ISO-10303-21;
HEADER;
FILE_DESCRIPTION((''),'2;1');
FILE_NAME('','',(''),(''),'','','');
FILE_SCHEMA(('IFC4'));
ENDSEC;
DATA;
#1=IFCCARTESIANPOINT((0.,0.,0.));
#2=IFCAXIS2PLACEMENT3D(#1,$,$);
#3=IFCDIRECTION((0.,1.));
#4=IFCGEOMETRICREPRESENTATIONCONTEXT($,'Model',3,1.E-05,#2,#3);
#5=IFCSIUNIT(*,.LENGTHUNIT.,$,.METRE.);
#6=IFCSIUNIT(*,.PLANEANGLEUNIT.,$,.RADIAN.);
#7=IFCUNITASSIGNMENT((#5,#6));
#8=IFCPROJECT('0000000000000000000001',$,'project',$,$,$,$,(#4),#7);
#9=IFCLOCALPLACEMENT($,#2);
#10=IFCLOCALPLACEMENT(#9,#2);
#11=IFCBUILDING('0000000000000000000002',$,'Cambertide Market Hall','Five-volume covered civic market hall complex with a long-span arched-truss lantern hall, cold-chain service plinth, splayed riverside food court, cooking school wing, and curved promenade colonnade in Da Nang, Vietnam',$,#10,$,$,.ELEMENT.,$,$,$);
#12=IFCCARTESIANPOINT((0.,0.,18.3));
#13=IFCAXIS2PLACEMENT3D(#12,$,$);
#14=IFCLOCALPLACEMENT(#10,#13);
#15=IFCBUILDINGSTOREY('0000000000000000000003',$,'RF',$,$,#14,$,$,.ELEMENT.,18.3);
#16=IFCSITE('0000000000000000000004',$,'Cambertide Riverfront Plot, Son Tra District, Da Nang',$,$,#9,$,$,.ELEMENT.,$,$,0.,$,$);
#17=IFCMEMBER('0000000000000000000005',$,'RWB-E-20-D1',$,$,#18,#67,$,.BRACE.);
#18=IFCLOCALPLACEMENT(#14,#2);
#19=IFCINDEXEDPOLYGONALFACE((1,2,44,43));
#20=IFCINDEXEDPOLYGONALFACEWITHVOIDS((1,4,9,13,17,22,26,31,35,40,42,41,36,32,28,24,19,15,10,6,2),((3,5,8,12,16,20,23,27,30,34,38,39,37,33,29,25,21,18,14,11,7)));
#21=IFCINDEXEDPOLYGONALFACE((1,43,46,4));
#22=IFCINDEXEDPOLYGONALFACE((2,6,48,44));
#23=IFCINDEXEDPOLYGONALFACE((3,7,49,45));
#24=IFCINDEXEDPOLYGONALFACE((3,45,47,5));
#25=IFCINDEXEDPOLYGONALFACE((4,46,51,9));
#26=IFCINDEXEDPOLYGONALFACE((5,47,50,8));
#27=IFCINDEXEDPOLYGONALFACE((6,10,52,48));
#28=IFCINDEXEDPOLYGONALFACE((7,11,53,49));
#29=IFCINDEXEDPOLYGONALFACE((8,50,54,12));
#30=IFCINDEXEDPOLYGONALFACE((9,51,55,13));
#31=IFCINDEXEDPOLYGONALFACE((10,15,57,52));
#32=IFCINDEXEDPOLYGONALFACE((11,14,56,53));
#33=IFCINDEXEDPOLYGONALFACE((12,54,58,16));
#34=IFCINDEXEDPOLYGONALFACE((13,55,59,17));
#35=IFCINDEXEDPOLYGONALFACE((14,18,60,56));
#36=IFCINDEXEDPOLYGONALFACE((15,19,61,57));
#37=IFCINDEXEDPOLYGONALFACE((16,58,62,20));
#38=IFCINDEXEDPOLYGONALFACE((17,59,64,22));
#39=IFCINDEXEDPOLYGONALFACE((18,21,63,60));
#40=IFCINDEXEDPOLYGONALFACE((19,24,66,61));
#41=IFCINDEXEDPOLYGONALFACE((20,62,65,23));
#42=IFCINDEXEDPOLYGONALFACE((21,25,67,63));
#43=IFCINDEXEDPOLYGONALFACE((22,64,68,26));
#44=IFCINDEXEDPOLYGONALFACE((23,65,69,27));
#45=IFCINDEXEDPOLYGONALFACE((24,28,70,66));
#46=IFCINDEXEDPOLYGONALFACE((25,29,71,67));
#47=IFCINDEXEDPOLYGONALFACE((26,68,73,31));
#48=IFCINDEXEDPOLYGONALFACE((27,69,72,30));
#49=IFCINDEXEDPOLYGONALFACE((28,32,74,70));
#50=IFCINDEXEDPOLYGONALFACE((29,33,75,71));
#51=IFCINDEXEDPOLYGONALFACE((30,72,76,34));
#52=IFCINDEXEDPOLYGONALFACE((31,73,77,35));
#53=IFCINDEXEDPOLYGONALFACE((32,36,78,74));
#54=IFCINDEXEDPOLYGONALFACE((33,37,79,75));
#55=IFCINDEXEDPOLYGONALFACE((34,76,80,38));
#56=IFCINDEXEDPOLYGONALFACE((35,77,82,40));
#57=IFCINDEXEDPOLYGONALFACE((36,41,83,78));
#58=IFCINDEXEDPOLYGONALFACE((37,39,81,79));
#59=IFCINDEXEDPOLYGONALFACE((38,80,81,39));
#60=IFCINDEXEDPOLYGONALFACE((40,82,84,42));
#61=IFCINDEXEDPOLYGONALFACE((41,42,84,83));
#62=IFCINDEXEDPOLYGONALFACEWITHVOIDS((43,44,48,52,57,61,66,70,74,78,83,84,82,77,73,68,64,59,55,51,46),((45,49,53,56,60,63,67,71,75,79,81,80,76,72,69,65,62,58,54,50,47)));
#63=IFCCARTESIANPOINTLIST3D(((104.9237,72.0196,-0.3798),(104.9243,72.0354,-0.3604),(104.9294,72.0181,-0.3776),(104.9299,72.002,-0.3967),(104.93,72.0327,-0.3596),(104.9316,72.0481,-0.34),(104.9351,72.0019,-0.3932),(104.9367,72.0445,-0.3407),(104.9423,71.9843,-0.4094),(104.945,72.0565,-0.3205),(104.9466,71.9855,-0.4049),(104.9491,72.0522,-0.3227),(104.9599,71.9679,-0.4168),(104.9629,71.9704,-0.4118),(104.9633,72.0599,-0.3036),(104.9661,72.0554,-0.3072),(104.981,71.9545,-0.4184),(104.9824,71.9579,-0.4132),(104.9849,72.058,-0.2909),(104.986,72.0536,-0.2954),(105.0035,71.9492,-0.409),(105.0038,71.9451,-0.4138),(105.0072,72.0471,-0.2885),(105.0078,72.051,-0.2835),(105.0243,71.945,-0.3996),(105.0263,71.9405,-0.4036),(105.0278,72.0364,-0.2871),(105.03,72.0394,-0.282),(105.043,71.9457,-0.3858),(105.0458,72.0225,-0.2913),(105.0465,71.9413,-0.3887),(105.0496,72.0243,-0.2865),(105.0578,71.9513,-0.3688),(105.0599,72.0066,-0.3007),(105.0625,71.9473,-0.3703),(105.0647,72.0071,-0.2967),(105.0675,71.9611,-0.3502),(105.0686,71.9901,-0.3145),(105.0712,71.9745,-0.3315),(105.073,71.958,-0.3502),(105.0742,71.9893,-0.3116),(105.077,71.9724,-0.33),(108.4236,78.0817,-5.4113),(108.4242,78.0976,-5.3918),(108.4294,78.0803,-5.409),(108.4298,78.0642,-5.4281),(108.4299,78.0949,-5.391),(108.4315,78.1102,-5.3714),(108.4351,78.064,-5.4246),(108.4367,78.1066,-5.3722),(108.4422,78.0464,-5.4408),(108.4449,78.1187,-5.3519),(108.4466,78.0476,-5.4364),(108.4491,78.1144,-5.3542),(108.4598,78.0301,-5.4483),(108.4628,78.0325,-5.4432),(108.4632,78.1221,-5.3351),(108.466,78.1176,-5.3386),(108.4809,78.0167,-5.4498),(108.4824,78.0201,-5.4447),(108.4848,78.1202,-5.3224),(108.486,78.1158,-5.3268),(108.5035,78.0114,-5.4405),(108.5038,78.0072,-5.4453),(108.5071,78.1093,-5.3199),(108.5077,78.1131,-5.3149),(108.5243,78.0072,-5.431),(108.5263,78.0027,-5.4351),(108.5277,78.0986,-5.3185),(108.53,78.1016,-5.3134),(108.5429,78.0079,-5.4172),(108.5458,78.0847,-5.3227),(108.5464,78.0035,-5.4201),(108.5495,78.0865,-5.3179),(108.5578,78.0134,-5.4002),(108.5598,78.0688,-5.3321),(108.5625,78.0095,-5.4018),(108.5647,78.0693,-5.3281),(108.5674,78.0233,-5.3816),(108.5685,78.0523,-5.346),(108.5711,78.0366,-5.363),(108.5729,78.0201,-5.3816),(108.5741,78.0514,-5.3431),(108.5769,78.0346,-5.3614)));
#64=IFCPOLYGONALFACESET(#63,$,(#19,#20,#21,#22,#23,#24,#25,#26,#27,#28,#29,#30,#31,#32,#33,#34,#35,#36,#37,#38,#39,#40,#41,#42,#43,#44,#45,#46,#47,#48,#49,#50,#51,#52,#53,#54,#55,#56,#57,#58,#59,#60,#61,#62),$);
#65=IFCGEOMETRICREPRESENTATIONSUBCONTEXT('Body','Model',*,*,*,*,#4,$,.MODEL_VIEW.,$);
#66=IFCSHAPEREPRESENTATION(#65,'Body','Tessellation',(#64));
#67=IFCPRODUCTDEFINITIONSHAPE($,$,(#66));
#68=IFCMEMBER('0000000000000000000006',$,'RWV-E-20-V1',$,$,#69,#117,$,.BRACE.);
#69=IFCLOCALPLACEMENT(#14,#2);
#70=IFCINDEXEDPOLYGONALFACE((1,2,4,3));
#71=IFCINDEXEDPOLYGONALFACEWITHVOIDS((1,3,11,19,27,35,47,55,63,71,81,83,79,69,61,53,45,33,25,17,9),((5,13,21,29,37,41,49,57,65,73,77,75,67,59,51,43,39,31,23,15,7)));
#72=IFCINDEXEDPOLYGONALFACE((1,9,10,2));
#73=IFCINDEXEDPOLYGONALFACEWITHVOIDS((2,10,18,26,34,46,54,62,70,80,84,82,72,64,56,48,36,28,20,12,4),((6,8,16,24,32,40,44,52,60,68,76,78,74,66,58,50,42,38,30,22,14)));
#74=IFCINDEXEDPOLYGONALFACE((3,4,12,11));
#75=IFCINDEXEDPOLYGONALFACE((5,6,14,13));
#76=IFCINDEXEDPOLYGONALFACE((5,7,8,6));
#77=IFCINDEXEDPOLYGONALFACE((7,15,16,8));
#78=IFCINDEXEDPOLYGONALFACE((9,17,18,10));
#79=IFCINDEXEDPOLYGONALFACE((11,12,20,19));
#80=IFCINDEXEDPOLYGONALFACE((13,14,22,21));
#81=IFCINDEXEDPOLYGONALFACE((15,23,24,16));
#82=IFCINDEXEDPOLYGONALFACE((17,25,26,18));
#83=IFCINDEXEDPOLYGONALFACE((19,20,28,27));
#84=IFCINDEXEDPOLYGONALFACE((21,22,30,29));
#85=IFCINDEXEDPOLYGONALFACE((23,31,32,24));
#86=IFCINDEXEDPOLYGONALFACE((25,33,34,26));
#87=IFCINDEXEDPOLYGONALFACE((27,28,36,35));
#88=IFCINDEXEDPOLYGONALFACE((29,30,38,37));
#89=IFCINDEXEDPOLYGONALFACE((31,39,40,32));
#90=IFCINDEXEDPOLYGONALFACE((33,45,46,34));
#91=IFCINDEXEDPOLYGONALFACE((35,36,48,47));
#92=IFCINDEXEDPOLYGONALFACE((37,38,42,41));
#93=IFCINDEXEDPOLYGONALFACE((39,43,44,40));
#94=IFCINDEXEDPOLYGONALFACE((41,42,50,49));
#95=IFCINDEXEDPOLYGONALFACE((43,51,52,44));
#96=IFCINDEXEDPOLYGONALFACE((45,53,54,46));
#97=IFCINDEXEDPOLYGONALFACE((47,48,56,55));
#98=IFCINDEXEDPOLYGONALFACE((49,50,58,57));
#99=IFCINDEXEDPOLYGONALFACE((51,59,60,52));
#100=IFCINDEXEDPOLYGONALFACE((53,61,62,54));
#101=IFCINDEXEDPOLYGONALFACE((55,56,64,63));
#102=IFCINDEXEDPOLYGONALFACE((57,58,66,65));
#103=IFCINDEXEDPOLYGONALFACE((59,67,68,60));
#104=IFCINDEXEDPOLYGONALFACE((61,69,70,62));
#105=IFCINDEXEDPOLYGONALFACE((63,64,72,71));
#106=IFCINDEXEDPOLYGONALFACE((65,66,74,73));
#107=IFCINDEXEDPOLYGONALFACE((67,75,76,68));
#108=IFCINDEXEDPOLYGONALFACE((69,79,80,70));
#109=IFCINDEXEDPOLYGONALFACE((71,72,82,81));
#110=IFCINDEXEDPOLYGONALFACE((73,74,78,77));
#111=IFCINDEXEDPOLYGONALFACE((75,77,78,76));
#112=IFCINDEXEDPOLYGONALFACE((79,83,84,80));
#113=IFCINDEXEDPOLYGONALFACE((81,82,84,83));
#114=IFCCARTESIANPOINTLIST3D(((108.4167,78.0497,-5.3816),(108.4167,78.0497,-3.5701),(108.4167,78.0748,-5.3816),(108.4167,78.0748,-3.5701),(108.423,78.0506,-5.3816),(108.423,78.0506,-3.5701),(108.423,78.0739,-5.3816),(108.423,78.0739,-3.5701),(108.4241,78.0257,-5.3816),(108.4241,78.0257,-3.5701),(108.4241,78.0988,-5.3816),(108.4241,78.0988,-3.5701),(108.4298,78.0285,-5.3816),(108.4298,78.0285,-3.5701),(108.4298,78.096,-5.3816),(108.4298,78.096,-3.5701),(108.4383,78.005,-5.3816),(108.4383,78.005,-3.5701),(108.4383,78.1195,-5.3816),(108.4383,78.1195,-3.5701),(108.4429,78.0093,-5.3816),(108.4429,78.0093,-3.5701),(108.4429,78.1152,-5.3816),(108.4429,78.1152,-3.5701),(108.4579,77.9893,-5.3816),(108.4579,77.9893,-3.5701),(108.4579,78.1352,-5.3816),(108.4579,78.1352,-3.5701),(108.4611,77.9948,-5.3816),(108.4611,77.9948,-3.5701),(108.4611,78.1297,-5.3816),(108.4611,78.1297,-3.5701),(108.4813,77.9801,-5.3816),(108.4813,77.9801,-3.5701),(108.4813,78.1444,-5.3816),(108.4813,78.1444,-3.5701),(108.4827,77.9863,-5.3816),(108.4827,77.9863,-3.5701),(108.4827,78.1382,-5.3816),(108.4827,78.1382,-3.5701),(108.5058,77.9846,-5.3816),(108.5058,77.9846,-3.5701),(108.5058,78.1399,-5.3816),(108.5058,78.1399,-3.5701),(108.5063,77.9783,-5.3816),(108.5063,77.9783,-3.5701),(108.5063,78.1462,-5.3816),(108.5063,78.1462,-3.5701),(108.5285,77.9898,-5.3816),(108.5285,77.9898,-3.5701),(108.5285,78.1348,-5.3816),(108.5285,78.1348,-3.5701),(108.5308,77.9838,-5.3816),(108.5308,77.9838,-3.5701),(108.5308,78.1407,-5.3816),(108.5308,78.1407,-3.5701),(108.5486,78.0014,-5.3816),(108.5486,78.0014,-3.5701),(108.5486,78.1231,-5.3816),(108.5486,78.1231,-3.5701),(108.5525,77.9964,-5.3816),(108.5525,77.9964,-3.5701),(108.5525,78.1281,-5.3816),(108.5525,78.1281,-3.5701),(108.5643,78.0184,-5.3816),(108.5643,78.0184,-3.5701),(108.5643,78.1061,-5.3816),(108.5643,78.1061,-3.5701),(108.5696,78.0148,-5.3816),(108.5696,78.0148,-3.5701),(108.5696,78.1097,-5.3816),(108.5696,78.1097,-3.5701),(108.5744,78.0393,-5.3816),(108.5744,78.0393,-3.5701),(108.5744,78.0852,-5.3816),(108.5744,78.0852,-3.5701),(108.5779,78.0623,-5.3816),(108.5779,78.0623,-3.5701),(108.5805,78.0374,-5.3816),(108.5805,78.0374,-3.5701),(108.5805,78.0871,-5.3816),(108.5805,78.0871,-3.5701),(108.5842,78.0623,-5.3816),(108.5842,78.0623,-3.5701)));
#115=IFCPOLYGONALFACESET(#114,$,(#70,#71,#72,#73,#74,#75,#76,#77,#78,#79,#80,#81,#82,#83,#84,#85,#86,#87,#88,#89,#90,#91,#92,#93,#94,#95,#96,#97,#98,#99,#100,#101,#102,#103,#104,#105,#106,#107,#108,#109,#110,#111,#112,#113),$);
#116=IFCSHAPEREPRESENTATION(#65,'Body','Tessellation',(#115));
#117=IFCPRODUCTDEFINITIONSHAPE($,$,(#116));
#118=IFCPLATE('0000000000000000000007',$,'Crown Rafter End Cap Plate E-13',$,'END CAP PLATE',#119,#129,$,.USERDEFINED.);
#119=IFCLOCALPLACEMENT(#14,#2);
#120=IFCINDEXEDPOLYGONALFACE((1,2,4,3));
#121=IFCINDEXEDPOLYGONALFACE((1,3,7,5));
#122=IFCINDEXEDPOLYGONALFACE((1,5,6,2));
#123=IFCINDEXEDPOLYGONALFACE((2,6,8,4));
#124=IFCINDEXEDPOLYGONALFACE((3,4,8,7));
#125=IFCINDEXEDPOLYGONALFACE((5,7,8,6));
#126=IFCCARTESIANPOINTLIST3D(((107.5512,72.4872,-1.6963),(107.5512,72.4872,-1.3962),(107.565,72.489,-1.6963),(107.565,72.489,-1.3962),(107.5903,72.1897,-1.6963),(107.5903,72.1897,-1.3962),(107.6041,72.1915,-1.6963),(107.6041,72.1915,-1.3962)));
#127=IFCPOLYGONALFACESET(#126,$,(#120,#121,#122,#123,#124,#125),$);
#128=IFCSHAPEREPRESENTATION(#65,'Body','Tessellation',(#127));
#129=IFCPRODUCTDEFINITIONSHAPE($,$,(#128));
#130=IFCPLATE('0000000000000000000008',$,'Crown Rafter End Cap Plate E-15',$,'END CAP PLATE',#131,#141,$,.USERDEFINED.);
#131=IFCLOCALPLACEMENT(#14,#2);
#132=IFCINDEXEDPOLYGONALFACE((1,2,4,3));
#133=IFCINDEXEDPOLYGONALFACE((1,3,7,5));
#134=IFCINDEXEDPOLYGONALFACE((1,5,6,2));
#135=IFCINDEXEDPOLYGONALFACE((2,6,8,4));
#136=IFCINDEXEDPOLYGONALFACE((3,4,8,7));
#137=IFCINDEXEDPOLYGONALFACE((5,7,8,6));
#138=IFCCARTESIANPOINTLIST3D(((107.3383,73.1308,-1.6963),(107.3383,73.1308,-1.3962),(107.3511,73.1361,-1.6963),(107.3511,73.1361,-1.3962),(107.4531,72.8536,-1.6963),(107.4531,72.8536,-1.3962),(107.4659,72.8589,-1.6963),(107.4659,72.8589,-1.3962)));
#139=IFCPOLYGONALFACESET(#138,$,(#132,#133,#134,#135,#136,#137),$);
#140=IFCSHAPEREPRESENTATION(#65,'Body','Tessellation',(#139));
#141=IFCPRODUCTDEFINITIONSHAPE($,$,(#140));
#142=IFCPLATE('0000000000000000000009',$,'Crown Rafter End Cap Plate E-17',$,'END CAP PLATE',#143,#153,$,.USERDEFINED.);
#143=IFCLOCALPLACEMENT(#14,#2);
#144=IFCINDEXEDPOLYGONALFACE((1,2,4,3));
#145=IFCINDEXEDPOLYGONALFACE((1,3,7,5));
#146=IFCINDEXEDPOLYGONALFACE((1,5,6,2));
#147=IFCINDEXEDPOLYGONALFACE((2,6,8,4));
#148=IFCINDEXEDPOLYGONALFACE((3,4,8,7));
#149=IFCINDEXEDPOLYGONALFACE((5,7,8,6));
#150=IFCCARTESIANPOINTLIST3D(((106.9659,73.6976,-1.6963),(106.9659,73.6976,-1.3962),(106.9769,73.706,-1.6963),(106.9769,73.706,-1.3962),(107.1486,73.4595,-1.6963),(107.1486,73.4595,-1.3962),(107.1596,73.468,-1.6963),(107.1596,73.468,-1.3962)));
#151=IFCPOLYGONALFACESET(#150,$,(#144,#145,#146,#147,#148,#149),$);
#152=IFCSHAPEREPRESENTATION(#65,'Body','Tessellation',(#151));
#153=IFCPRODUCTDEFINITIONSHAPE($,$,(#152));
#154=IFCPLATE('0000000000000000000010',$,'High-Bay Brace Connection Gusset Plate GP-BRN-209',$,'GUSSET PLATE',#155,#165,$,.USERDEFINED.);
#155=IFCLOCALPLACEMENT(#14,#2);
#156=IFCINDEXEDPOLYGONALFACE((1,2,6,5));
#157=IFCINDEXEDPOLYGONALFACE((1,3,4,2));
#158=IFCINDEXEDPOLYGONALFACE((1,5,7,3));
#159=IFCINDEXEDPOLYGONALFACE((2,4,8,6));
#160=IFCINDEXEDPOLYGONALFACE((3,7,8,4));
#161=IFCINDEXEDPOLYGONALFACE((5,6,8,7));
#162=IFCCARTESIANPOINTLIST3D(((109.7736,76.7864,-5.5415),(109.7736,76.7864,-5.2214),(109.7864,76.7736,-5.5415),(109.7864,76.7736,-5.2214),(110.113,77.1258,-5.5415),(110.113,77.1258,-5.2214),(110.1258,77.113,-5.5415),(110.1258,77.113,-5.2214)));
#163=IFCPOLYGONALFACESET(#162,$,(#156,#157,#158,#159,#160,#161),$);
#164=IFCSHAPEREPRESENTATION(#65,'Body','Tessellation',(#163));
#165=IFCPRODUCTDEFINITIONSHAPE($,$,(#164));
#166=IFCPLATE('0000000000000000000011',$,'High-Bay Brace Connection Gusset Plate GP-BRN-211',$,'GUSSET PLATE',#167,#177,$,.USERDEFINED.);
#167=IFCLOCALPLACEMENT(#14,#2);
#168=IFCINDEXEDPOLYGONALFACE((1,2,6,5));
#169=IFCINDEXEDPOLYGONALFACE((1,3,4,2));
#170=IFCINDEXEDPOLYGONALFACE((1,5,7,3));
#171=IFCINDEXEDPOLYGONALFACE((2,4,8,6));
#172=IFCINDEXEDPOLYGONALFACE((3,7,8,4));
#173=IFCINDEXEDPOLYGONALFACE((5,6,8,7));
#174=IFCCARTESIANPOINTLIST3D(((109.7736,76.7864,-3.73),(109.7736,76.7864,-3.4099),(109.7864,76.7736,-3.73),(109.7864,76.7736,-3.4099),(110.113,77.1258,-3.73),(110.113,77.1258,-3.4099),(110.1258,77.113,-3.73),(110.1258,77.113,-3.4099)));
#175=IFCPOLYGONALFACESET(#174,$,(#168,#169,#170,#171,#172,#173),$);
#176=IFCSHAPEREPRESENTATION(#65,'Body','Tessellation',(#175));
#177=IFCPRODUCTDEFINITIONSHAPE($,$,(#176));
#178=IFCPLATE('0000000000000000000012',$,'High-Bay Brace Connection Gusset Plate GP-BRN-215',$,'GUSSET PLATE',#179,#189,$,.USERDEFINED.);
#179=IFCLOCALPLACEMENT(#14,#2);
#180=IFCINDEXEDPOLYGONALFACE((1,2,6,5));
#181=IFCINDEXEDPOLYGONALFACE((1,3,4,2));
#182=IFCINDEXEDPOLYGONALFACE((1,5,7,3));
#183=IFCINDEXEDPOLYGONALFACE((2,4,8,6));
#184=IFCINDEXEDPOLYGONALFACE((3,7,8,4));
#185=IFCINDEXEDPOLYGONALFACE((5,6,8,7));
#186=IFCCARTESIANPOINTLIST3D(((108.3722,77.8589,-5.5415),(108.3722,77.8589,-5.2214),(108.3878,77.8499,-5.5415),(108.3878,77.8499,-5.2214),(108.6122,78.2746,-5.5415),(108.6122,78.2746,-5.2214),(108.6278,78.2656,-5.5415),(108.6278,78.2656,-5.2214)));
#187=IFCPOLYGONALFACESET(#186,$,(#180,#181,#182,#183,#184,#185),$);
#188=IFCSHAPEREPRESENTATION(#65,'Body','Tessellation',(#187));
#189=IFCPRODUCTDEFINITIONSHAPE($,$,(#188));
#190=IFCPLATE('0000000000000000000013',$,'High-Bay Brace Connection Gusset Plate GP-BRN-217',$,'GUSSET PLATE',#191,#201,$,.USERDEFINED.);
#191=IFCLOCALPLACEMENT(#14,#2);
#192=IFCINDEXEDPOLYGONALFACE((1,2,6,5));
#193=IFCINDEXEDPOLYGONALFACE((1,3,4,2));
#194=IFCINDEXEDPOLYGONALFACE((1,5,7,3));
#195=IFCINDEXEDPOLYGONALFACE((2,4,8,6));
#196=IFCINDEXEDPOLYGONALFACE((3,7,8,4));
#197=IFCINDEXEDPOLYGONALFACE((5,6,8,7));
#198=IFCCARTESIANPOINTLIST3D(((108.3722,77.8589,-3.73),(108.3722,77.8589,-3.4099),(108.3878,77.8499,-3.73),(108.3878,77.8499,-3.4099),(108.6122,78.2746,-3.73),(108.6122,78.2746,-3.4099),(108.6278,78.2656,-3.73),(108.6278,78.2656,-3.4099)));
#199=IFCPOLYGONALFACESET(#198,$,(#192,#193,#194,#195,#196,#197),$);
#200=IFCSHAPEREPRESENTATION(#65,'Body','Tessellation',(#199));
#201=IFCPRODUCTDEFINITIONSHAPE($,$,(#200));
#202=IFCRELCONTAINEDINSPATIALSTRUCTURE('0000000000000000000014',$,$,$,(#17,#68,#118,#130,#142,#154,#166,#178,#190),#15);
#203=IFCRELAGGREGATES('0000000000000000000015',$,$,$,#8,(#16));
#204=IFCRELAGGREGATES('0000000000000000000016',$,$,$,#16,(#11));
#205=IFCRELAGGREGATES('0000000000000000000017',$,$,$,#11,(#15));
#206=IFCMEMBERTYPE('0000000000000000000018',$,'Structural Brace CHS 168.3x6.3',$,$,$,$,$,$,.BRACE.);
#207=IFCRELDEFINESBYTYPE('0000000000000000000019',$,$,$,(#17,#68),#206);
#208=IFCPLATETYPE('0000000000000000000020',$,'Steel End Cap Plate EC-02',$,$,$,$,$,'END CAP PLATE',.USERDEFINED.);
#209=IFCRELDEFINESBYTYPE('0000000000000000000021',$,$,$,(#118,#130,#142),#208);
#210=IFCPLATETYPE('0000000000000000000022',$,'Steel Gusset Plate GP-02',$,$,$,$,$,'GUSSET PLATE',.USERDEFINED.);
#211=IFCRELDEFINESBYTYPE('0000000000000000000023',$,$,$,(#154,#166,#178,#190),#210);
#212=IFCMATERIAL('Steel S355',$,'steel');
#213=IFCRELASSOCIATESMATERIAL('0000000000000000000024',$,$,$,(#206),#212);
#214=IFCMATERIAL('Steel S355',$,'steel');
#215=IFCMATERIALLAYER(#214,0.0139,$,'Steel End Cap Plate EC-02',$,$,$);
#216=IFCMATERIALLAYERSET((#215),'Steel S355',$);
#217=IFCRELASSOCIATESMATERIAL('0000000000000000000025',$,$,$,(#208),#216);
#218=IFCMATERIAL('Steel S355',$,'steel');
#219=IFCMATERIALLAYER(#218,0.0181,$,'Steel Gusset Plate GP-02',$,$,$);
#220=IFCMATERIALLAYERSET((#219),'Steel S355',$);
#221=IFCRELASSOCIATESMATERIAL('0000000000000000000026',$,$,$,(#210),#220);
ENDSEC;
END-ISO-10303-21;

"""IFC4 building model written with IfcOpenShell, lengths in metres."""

from ifc_helpers import new_model, si_unit, direction, frame, origin, origin_2d, place, context, subcontext, project, spatial, rectangle, hollow_circle, extrude, material, layer, layer_set, material_profile, profile_set, type_object, element, save


model = new_model("IFC4")

# Units and contexts
model_context = context("Model", 3, precision=1e-05, world=origin(), true_north=direction((0.0, 1.0)))
body_context = subcontext(model_context, "Body", "Model", "MODEL_VIEW")
ifc_project = project(units=[si_unit("LENGTHUNIT", "METRE"), si_unit("PLANEANGLEUNIT", "RADIAN")], contexts=[model_context])

# Site, building, storey
site_placement = place(None, origin())
site = spatial("IfcSite", under=ifc_project, at=site_placement, Name="Cambertide Riverfront Plot, Son Tra District, Da Nang", CompositionType="ELEMENT", RefElevation=0.0)
building_placement = place(site_placement, origin())
building = spatial("IfcBuilding", under=site, at=building_placement, Name="Cambertide Market Hall", Description="Five-volume covered civic market hall complex with a long-span arched-truss lantern hall, cold-chain service plinth, splayed riverside food court, cooking school wing, and curved promenade colonnade in Da Nang, Vietnam", CompositionType="ELEMENT")
storey_placement = place(building_placement, frame((0.0, 0.0, 18.3)))
storey = spatial("IfcBuildingStorey", under=building, at=storey_placement, Name="RF", CompositionType="ELEMENT", Elevation=18.3)

# Members
ifc_material_1 = material(Name="Steel S355", Category="steel")
ifc_material_profile_1 = material_profile(ifc_material_1, hollow_circle(Radius=0.0842, WallThickness=0.0063, at=origin_2d()), Name="CHS 168.3x6.3")
ifc_profile_set_1 = profile_set([ifc_material_profile_1], Name="Steel S355")
member_type_1 = type_object("IfcMemberType", Name="Structural Brace CHS 168.3x6.3", PredefinedType="BRACE", material=ifc_profile_set_1)
member_1_placement = place(storey_placement, frame((108.5, 78.0623, -5.3816), z_axis=(-0.405998, -0.703219, 0.583651), x_axis=(0.866028, -0.499995, 0.0)))
element("IfcMember", 1, at=member_1_placement, inside=storey, type_object=member_type_1, Name="RWB-E-20-D1", PredefinedType="BRACE", context=body_context, shape_type="SweptSolid", body=[
    extrude(hollow_circle(Radius=0.0842, WallThickness=0.0063, at=origin_2d()), origin(), (0.0, 0.0, 1.0), 8.6206),
])
member_2_placement = place(storey_placement, frame((108.5, 78.0623, -5.3816), z_axis=(0.0, 0.0, 1.0), x_axis=(1.0, 0.0, 0.0)))
element("IfcMember", 2, at=member_2_placement, inside=storey, type_object=member_type_1, Name="RWV-E-20-V1", PredefinedType="BRACE", context=body_context, shape_type="SweptSolid", body=[
    extrude(hollow_circle(Radius=0.0842, WallThickness=0.0063, at=origin_2d()), origin(), (0.0, 0.0, 1.0), 1.8115),
])

# Plates
ifc_material_2 = material(Name="Steel S355", Category="steel")
ifc_layer_1 = layer(ifc_material_2, 0.0139, Name="Steel End Cap Plate EC-02")
ifc_layer_set_1 = layer_set([ifc_layer_1], Name="Steel S355")
plate_type_1 = type_object("IfcPlateType", Name="Steel End Cap Plate EC-02", ElementType="END CAP PLATE", PredefinedType="USERDEFINED", material=ifc_layer_set_1)
for number, where, z_axis, x_axis, name in (
    (3, (107.5776, 72.3394, -1.6963), (0.0, 0.0, 1.0), (0.991445, 0.130526, 0.0), "Crown Rafter End Cap Plate E-13"),
    (4, (107.4021, 72.9949, -1.6963), (0.0, 0.0, 1.0), (0.92388, 0.382683, 0.0), "Crown Rafter End Cap Plate E-15"),
    (5, (107.0627, 73.5828, -1.6963), (0.0, 0.0, 1.0), (0.793353, 0.608761, 0.0), "Crown Rafter End Cap Plate E-17"),
):
    element("IfcPlate", number, at=place(storey_placement, frame(where, z_axis=z_axis, x_axis=x_axis)), inside=storey, type_object=plate_type_1, Name=name, ObjectType="END CAP PLATE", PredefinedType="USERDEFINED", context=body_context, shape_type="SweptSolid", body=[
        extrude(rectangle(XDim=0.0139, YDim=0.3, at=origin_2d()), origin(), (0.0, 0.0, 1.0), 0.3),
    ])
ifc_material_3 = material(Name="Steel S355", Category="steel")
ifc_layer_2 = layer(ifc_material_3, 0.0181, Name="Steel Gusset Plate GP-02")
ifc_layer_set_2 = layer_set([ifc_layer_2], Name="Steel S355")
plate_type_2 = type_object("IfcPlateType", Name="Steel Gusset Plate GP-02", ElementType="GUSSET PLATE", PredefinedType="USERDEFINED", material=ifc_layer_set_2)
for number, where, z_axis, x_axis, name in (
    (6, (109.9497, 76.9497, -5.5415), (0.0, 0.0, 1.0), (-0.707107, -0.707107, 0.0), "High-Bay Brace Connection Gusset Plate GP-BRN-209"),
    (7, (109.9497, 76.9497, -3.73), (0.0, 0.0, 1.0), (-0.707107, -0.707107, 0.0), "High-Bay Brace Connection Gusset Plate GP-BRN-211"),
    (8, (108.5, 78.0623, -5.5415), (0.0, 0.0, 1.0), (-0.5, -0.866025, 0.0), "High-Bay Brace Connection Gusset Plate GP-BRN-215"),
    (9, (108.5, 78.0623, -3.73), (0.0, 0.0, 1.0), (-0.5, -0.866025, 0.0), "High-Bay Brace Connection Gusset Plate GP-BRN-217"),
):
    element("IfcPlate", number, at=place(storey_placement, frame(where, z_axis=z_axis, x_axis=x_axis)), inside=storey, type_object=plate_type_2, Name=name, ObjectType="GUSSET PLATE", PredefinedType="USERDEFINED", context=body_context, shape_type="SweptSolid", body=[
        extrude(rectangle(XDim=0.48, YDim=0.0181, at=origin_2d()), origin(), (0.0, 0.0, 1.0), 0.3201),
    ])

save(model, "model.ifc")
